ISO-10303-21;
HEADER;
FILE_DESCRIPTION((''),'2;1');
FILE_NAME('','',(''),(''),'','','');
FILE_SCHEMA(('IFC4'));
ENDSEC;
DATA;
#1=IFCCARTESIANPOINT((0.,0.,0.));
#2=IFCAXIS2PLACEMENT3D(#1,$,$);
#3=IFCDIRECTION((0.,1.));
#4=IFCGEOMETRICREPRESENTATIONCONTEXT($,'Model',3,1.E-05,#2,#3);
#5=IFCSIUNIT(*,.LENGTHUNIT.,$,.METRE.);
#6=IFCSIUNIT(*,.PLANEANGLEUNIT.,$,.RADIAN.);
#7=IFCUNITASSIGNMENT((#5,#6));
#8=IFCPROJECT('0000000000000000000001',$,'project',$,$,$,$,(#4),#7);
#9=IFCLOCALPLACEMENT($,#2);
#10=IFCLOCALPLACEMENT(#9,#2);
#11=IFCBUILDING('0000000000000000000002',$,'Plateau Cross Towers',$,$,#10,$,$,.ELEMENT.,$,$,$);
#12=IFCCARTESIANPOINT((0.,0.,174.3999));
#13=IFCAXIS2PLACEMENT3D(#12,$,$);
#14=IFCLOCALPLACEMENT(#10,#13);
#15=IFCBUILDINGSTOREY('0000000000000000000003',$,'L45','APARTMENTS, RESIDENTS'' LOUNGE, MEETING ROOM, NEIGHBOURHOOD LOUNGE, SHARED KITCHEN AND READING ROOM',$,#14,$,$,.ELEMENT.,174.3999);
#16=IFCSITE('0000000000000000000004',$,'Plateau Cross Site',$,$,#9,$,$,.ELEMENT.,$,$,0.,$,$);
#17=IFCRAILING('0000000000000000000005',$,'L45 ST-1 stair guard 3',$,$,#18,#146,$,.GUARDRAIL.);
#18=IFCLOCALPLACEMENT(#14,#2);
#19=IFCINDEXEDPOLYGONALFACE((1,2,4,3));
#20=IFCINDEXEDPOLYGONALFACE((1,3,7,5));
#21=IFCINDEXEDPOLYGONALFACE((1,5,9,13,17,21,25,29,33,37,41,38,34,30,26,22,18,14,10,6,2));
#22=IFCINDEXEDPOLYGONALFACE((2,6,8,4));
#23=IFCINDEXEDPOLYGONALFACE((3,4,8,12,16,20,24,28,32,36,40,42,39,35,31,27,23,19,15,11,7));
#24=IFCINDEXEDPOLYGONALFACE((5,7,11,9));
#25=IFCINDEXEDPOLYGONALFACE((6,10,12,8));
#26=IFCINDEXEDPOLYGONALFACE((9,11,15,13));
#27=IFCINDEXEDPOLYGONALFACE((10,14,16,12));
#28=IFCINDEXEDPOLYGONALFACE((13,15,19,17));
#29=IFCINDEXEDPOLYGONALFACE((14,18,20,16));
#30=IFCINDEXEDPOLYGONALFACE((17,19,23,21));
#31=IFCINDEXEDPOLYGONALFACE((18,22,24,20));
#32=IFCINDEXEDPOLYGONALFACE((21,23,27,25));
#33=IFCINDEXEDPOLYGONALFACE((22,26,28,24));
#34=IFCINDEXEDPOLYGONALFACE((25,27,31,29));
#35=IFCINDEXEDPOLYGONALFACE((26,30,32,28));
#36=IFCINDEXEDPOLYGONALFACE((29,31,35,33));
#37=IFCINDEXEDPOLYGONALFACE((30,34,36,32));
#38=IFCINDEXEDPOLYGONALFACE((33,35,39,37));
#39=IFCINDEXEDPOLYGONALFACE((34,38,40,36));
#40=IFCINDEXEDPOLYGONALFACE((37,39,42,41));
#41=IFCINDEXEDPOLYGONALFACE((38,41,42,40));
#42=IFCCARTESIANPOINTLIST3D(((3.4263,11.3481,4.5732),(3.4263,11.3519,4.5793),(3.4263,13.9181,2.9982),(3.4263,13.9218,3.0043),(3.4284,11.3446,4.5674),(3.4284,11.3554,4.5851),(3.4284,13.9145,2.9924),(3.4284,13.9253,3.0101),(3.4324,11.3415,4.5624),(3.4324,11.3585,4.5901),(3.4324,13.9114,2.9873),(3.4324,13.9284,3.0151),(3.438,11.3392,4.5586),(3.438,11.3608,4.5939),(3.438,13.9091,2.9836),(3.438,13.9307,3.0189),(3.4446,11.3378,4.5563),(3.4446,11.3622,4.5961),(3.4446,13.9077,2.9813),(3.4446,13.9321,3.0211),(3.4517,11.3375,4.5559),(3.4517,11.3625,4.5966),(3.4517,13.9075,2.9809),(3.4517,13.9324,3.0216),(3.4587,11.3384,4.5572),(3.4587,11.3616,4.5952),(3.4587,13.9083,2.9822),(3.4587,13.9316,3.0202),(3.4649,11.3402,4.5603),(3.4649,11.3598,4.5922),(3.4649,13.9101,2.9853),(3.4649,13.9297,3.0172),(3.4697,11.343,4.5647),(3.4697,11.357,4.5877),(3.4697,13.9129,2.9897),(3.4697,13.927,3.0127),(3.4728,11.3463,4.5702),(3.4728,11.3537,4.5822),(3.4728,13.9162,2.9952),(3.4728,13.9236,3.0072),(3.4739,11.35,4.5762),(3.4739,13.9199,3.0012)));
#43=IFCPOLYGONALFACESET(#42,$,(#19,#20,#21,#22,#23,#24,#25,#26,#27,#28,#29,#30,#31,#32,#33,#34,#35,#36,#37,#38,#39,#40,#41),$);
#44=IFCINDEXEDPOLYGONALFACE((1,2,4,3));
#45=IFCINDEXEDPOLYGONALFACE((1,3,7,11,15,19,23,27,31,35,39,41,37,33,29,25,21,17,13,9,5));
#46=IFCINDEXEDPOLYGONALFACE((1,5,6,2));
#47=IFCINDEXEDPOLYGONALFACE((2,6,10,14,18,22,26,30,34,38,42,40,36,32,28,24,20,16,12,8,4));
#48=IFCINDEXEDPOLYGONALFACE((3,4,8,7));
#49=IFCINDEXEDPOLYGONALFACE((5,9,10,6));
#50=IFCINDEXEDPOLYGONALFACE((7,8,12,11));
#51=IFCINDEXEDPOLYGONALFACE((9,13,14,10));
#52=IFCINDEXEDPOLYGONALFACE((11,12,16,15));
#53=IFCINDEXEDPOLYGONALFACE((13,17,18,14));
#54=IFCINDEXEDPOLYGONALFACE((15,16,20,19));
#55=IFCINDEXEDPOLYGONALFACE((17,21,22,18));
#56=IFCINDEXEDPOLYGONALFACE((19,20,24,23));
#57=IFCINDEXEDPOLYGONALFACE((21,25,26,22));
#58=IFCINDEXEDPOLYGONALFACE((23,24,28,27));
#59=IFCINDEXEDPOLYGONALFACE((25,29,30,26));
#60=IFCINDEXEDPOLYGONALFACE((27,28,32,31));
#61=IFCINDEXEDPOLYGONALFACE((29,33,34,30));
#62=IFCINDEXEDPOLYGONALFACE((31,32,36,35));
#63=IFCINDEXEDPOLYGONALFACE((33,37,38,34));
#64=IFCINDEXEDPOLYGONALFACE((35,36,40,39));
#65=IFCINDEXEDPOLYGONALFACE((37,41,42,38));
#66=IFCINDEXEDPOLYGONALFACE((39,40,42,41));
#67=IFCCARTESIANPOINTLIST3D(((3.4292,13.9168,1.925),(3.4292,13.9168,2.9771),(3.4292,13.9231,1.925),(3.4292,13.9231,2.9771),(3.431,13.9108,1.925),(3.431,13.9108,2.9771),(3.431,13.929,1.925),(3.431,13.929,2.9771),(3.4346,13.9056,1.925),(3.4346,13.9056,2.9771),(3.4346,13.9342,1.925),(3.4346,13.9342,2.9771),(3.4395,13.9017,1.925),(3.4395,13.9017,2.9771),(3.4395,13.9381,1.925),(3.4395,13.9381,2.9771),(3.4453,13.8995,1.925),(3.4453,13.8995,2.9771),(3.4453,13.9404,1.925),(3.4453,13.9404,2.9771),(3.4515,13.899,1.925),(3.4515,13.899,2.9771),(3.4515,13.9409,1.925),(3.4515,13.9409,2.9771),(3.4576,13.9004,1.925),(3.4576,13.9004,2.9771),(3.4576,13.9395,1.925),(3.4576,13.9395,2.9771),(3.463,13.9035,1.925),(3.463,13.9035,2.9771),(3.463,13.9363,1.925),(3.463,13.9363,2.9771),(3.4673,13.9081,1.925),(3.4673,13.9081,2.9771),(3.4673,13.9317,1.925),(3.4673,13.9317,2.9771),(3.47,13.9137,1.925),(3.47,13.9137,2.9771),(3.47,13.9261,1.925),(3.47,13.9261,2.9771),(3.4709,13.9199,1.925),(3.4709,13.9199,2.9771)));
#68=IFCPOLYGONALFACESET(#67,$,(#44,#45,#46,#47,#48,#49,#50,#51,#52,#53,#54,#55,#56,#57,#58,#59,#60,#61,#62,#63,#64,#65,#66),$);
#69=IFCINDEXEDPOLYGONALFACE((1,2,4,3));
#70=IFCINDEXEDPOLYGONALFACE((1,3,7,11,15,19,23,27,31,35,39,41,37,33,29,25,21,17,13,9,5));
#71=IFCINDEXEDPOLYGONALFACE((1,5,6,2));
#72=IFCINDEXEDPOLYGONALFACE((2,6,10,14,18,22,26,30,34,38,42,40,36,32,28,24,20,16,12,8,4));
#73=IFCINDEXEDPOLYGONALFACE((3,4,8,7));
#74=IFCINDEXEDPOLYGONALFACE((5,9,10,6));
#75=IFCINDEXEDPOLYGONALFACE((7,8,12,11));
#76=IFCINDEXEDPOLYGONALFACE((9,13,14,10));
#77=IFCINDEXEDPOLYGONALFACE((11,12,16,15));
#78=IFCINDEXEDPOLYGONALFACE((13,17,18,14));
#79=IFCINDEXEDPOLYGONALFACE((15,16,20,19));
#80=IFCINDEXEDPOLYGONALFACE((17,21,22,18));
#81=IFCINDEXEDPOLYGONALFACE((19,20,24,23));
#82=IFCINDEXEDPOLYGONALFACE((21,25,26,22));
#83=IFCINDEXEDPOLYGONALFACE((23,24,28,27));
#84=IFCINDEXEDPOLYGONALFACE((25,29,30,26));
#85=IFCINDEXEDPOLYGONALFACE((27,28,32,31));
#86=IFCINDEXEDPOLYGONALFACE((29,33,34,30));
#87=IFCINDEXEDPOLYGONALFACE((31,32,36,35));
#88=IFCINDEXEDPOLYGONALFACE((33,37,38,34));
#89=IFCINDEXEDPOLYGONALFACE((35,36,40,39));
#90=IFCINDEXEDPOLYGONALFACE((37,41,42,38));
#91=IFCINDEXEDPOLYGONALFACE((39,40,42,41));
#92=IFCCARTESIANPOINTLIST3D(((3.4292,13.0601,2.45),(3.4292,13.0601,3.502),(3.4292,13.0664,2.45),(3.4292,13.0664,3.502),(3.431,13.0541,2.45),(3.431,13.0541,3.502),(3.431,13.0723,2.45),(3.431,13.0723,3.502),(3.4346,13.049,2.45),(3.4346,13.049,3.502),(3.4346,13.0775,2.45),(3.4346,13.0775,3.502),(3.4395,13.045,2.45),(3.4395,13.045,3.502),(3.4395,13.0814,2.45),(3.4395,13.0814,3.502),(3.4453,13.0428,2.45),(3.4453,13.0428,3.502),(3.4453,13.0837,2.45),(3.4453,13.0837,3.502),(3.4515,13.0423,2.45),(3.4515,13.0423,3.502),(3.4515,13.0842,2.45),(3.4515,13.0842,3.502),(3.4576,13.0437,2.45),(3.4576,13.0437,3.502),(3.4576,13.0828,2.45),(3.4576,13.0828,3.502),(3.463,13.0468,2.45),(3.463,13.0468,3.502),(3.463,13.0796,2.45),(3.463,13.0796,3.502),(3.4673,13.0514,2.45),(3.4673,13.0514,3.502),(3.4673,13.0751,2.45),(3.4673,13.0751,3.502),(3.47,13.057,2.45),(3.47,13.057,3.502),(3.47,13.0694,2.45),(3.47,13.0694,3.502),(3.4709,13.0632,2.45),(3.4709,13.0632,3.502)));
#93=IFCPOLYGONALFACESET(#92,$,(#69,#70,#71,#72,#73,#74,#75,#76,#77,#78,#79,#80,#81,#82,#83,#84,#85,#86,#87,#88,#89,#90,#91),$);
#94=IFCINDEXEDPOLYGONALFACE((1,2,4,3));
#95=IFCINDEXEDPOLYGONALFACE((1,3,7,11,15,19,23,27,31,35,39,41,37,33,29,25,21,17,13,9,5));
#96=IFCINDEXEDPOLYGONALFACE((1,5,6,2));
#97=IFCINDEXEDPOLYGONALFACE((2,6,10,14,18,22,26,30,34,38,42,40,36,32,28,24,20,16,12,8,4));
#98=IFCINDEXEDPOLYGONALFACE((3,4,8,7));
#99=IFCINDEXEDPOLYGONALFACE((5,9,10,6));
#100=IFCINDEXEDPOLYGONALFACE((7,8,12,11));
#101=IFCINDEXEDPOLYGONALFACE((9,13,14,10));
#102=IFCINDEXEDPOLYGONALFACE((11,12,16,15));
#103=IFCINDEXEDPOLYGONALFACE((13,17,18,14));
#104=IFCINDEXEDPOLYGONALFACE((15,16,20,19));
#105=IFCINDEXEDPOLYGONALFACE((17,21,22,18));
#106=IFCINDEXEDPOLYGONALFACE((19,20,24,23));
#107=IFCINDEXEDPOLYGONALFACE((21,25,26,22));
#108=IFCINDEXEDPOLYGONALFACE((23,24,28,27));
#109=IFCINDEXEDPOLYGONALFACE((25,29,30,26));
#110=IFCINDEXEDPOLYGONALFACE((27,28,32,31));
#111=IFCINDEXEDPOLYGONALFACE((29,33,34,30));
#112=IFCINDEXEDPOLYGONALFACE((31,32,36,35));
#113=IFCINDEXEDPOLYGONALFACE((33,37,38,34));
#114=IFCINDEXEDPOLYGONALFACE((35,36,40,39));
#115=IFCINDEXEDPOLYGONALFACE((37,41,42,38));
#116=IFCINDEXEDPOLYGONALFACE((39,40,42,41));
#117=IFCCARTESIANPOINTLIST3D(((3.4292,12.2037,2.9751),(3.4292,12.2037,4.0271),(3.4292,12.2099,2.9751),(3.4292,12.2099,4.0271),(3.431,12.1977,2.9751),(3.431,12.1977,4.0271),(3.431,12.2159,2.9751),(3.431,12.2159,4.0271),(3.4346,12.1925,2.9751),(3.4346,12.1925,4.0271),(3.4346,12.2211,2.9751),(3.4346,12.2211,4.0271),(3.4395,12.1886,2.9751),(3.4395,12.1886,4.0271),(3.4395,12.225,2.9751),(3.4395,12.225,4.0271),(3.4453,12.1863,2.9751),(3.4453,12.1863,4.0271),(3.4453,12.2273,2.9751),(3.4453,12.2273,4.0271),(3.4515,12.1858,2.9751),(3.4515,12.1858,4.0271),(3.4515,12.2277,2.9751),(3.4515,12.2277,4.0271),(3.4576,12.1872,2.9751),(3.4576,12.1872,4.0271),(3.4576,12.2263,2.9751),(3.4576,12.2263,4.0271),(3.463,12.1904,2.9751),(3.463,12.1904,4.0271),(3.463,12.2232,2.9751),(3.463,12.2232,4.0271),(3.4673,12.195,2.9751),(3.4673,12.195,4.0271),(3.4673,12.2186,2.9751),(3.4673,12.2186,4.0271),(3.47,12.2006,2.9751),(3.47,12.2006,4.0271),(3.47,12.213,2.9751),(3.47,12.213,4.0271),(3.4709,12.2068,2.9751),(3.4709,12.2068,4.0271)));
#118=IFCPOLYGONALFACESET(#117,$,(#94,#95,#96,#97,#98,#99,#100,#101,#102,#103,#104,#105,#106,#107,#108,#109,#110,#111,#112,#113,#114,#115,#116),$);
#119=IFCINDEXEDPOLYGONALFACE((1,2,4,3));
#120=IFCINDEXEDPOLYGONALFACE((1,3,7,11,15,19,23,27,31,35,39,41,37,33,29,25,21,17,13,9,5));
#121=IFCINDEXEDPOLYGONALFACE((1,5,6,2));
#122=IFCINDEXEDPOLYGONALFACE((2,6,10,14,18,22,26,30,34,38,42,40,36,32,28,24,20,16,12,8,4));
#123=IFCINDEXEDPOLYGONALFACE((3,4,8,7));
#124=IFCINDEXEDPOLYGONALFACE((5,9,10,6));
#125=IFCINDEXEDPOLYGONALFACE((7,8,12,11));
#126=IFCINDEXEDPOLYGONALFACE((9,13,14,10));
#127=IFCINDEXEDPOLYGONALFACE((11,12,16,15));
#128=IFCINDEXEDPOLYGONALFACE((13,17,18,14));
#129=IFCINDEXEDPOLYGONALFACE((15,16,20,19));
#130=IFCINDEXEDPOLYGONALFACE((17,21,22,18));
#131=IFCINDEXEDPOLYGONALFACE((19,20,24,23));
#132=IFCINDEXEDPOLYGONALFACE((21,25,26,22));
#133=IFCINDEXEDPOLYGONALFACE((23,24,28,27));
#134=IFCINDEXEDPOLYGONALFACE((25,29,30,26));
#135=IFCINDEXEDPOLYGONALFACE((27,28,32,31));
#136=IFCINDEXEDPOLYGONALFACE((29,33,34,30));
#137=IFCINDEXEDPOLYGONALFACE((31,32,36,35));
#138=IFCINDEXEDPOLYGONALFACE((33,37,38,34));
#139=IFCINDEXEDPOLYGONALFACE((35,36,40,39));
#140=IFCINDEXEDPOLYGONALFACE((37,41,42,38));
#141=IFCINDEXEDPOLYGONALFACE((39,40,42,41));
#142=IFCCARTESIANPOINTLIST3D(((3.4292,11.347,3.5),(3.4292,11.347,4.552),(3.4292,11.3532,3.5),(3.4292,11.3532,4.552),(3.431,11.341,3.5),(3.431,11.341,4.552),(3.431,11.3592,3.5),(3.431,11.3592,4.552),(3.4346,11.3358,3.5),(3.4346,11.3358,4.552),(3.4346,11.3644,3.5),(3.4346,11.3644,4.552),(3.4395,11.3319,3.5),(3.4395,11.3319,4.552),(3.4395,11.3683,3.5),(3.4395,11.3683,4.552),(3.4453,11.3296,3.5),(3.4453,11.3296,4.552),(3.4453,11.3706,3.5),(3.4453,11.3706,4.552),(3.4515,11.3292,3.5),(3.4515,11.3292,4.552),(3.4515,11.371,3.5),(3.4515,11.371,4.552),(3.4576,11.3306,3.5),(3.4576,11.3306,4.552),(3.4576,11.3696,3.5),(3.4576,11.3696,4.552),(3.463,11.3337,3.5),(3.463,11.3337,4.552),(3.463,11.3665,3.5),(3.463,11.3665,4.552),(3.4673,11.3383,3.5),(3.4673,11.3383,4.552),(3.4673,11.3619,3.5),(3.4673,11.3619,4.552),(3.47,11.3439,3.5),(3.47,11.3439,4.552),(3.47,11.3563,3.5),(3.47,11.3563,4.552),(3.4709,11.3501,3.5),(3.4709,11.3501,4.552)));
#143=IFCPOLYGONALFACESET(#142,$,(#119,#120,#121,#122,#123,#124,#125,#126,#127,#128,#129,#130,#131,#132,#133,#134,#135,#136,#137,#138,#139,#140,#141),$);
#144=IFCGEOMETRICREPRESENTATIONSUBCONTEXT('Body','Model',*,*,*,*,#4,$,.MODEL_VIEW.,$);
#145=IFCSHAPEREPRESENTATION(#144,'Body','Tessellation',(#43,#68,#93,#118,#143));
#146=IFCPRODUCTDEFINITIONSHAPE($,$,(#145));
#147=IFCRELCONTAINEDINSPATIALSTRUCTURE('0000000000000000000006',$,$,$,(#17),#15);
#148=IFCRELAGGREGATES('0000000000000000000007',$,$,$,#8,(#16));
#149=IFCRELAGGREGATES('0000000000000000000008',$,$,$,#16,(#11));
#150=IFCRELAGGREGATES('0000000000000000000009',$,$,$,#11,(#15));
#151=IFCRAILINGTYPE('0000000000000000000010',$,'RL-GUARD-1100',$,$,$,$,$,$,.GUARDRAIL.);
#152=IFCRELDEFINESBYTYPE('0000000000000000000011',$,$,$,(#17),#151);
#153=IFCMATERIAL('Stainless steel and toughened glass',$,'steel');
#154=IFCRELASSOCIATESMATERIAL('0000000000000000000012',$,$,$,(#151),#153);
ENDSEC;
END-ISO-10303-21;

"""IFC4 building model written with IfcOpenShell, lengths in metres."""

from ifc_helpers import new_model, si_unit, direction, frame, origin, origin_2d, place, context, subcontext, project, spatial, circle, extrude, material, type_object, element, save


model = new_model("IFC4")

# Units and contexts
model_context = context("Model", 3, precision=1e-05, world=origin(), true_north=direction((0.0, 1.0)))
body_context = subcontext(model_context, "Body", "Model", "MODEL_VIEW")
ifc_project = project(units=[si_unit("LENGTHUNIT", "METRE"), si_unit("PLANEANGLEUNIT", "RADIAN")], contexts=[model_context])

# Site, building, storey
site_placement = place(None, origin())
site = spatial("IfcSite", under=ifc_project, at=site_placement, Name="Plateau Cross Site", CompositionType="ELEMENT", RefElevation=0.0)
building_placement = place(site_placement, origin())
building = spatial("IfcBuilding", under=site, at=building_placement, Name="Plateau Cross Towers", CompositionType="ELEMENT")
storey_placement = place(building_placement, frame((0.0, 0.0, 174.3999)))
storey = spatial("IfcBuildingStorey", under=building, at=storey_placement, Name="L45", Description="APARTMENTS, RESIDENTS' LOUNGE, MEETING ROOM, NEIGHBOURHOOD LOUNGE, SHARED KITCHEN AND READING ROOM", CompositionType="ELEMENT", Elevation=174.3999)

# Railing
ifc_material_1 = material(Name="Stainless steel and toughened glass", Category="steel")
railing_type_1 = type_object("IfcRailingType", Name="RL-GUARD-1100", PredefinedType="GUARDRAIL", material=ifc_material_1)
railing_1_placement = place(storey_placement, frame((3.45, 13.9199, 1.925)))
element("IfcRailing", 1, at=railing_1_placement, inside=storey, type_object=railing_type_1, Name="L45 ST-1 stair guard 3", PredefinedType="GUARDRAIL", context=body_context, shape_type="SweptSolid", body=[
    extrude(circle(Radius=0.0239, at=origin_2d()), frame((0.0, 0.0, 1.0762), z_axis=(0.0, -0.852616, 0.522537), x_axis=(1.0, 0.0, 0.0)), (0.0, 0.0, 1.0), 3.0142),
    extrude(circle(Radius=0.021, at=origin_2d()), origin(), (0.0, 0.0, 1.0), 1.052),
    extrude(circle(Radius=0.021, at=origin_2d()), frame((0.0, -0.8567, 0.5249)), (0.0, 0.0, 1.0), 1.052),
    extrude(circle(Radius=0.021, at=origin_2d()), frame((0.0, -1.7131, 1.05)), (0.0, 0.0, 1.0), 1.052),
    extrude(circle(Radius=0.021, at=origin_2d()), frame((0.0, -2.5698, 1.575)), (0.0, 0.0, 1.0), 1.052),
])

save(model, "model.ifc")
